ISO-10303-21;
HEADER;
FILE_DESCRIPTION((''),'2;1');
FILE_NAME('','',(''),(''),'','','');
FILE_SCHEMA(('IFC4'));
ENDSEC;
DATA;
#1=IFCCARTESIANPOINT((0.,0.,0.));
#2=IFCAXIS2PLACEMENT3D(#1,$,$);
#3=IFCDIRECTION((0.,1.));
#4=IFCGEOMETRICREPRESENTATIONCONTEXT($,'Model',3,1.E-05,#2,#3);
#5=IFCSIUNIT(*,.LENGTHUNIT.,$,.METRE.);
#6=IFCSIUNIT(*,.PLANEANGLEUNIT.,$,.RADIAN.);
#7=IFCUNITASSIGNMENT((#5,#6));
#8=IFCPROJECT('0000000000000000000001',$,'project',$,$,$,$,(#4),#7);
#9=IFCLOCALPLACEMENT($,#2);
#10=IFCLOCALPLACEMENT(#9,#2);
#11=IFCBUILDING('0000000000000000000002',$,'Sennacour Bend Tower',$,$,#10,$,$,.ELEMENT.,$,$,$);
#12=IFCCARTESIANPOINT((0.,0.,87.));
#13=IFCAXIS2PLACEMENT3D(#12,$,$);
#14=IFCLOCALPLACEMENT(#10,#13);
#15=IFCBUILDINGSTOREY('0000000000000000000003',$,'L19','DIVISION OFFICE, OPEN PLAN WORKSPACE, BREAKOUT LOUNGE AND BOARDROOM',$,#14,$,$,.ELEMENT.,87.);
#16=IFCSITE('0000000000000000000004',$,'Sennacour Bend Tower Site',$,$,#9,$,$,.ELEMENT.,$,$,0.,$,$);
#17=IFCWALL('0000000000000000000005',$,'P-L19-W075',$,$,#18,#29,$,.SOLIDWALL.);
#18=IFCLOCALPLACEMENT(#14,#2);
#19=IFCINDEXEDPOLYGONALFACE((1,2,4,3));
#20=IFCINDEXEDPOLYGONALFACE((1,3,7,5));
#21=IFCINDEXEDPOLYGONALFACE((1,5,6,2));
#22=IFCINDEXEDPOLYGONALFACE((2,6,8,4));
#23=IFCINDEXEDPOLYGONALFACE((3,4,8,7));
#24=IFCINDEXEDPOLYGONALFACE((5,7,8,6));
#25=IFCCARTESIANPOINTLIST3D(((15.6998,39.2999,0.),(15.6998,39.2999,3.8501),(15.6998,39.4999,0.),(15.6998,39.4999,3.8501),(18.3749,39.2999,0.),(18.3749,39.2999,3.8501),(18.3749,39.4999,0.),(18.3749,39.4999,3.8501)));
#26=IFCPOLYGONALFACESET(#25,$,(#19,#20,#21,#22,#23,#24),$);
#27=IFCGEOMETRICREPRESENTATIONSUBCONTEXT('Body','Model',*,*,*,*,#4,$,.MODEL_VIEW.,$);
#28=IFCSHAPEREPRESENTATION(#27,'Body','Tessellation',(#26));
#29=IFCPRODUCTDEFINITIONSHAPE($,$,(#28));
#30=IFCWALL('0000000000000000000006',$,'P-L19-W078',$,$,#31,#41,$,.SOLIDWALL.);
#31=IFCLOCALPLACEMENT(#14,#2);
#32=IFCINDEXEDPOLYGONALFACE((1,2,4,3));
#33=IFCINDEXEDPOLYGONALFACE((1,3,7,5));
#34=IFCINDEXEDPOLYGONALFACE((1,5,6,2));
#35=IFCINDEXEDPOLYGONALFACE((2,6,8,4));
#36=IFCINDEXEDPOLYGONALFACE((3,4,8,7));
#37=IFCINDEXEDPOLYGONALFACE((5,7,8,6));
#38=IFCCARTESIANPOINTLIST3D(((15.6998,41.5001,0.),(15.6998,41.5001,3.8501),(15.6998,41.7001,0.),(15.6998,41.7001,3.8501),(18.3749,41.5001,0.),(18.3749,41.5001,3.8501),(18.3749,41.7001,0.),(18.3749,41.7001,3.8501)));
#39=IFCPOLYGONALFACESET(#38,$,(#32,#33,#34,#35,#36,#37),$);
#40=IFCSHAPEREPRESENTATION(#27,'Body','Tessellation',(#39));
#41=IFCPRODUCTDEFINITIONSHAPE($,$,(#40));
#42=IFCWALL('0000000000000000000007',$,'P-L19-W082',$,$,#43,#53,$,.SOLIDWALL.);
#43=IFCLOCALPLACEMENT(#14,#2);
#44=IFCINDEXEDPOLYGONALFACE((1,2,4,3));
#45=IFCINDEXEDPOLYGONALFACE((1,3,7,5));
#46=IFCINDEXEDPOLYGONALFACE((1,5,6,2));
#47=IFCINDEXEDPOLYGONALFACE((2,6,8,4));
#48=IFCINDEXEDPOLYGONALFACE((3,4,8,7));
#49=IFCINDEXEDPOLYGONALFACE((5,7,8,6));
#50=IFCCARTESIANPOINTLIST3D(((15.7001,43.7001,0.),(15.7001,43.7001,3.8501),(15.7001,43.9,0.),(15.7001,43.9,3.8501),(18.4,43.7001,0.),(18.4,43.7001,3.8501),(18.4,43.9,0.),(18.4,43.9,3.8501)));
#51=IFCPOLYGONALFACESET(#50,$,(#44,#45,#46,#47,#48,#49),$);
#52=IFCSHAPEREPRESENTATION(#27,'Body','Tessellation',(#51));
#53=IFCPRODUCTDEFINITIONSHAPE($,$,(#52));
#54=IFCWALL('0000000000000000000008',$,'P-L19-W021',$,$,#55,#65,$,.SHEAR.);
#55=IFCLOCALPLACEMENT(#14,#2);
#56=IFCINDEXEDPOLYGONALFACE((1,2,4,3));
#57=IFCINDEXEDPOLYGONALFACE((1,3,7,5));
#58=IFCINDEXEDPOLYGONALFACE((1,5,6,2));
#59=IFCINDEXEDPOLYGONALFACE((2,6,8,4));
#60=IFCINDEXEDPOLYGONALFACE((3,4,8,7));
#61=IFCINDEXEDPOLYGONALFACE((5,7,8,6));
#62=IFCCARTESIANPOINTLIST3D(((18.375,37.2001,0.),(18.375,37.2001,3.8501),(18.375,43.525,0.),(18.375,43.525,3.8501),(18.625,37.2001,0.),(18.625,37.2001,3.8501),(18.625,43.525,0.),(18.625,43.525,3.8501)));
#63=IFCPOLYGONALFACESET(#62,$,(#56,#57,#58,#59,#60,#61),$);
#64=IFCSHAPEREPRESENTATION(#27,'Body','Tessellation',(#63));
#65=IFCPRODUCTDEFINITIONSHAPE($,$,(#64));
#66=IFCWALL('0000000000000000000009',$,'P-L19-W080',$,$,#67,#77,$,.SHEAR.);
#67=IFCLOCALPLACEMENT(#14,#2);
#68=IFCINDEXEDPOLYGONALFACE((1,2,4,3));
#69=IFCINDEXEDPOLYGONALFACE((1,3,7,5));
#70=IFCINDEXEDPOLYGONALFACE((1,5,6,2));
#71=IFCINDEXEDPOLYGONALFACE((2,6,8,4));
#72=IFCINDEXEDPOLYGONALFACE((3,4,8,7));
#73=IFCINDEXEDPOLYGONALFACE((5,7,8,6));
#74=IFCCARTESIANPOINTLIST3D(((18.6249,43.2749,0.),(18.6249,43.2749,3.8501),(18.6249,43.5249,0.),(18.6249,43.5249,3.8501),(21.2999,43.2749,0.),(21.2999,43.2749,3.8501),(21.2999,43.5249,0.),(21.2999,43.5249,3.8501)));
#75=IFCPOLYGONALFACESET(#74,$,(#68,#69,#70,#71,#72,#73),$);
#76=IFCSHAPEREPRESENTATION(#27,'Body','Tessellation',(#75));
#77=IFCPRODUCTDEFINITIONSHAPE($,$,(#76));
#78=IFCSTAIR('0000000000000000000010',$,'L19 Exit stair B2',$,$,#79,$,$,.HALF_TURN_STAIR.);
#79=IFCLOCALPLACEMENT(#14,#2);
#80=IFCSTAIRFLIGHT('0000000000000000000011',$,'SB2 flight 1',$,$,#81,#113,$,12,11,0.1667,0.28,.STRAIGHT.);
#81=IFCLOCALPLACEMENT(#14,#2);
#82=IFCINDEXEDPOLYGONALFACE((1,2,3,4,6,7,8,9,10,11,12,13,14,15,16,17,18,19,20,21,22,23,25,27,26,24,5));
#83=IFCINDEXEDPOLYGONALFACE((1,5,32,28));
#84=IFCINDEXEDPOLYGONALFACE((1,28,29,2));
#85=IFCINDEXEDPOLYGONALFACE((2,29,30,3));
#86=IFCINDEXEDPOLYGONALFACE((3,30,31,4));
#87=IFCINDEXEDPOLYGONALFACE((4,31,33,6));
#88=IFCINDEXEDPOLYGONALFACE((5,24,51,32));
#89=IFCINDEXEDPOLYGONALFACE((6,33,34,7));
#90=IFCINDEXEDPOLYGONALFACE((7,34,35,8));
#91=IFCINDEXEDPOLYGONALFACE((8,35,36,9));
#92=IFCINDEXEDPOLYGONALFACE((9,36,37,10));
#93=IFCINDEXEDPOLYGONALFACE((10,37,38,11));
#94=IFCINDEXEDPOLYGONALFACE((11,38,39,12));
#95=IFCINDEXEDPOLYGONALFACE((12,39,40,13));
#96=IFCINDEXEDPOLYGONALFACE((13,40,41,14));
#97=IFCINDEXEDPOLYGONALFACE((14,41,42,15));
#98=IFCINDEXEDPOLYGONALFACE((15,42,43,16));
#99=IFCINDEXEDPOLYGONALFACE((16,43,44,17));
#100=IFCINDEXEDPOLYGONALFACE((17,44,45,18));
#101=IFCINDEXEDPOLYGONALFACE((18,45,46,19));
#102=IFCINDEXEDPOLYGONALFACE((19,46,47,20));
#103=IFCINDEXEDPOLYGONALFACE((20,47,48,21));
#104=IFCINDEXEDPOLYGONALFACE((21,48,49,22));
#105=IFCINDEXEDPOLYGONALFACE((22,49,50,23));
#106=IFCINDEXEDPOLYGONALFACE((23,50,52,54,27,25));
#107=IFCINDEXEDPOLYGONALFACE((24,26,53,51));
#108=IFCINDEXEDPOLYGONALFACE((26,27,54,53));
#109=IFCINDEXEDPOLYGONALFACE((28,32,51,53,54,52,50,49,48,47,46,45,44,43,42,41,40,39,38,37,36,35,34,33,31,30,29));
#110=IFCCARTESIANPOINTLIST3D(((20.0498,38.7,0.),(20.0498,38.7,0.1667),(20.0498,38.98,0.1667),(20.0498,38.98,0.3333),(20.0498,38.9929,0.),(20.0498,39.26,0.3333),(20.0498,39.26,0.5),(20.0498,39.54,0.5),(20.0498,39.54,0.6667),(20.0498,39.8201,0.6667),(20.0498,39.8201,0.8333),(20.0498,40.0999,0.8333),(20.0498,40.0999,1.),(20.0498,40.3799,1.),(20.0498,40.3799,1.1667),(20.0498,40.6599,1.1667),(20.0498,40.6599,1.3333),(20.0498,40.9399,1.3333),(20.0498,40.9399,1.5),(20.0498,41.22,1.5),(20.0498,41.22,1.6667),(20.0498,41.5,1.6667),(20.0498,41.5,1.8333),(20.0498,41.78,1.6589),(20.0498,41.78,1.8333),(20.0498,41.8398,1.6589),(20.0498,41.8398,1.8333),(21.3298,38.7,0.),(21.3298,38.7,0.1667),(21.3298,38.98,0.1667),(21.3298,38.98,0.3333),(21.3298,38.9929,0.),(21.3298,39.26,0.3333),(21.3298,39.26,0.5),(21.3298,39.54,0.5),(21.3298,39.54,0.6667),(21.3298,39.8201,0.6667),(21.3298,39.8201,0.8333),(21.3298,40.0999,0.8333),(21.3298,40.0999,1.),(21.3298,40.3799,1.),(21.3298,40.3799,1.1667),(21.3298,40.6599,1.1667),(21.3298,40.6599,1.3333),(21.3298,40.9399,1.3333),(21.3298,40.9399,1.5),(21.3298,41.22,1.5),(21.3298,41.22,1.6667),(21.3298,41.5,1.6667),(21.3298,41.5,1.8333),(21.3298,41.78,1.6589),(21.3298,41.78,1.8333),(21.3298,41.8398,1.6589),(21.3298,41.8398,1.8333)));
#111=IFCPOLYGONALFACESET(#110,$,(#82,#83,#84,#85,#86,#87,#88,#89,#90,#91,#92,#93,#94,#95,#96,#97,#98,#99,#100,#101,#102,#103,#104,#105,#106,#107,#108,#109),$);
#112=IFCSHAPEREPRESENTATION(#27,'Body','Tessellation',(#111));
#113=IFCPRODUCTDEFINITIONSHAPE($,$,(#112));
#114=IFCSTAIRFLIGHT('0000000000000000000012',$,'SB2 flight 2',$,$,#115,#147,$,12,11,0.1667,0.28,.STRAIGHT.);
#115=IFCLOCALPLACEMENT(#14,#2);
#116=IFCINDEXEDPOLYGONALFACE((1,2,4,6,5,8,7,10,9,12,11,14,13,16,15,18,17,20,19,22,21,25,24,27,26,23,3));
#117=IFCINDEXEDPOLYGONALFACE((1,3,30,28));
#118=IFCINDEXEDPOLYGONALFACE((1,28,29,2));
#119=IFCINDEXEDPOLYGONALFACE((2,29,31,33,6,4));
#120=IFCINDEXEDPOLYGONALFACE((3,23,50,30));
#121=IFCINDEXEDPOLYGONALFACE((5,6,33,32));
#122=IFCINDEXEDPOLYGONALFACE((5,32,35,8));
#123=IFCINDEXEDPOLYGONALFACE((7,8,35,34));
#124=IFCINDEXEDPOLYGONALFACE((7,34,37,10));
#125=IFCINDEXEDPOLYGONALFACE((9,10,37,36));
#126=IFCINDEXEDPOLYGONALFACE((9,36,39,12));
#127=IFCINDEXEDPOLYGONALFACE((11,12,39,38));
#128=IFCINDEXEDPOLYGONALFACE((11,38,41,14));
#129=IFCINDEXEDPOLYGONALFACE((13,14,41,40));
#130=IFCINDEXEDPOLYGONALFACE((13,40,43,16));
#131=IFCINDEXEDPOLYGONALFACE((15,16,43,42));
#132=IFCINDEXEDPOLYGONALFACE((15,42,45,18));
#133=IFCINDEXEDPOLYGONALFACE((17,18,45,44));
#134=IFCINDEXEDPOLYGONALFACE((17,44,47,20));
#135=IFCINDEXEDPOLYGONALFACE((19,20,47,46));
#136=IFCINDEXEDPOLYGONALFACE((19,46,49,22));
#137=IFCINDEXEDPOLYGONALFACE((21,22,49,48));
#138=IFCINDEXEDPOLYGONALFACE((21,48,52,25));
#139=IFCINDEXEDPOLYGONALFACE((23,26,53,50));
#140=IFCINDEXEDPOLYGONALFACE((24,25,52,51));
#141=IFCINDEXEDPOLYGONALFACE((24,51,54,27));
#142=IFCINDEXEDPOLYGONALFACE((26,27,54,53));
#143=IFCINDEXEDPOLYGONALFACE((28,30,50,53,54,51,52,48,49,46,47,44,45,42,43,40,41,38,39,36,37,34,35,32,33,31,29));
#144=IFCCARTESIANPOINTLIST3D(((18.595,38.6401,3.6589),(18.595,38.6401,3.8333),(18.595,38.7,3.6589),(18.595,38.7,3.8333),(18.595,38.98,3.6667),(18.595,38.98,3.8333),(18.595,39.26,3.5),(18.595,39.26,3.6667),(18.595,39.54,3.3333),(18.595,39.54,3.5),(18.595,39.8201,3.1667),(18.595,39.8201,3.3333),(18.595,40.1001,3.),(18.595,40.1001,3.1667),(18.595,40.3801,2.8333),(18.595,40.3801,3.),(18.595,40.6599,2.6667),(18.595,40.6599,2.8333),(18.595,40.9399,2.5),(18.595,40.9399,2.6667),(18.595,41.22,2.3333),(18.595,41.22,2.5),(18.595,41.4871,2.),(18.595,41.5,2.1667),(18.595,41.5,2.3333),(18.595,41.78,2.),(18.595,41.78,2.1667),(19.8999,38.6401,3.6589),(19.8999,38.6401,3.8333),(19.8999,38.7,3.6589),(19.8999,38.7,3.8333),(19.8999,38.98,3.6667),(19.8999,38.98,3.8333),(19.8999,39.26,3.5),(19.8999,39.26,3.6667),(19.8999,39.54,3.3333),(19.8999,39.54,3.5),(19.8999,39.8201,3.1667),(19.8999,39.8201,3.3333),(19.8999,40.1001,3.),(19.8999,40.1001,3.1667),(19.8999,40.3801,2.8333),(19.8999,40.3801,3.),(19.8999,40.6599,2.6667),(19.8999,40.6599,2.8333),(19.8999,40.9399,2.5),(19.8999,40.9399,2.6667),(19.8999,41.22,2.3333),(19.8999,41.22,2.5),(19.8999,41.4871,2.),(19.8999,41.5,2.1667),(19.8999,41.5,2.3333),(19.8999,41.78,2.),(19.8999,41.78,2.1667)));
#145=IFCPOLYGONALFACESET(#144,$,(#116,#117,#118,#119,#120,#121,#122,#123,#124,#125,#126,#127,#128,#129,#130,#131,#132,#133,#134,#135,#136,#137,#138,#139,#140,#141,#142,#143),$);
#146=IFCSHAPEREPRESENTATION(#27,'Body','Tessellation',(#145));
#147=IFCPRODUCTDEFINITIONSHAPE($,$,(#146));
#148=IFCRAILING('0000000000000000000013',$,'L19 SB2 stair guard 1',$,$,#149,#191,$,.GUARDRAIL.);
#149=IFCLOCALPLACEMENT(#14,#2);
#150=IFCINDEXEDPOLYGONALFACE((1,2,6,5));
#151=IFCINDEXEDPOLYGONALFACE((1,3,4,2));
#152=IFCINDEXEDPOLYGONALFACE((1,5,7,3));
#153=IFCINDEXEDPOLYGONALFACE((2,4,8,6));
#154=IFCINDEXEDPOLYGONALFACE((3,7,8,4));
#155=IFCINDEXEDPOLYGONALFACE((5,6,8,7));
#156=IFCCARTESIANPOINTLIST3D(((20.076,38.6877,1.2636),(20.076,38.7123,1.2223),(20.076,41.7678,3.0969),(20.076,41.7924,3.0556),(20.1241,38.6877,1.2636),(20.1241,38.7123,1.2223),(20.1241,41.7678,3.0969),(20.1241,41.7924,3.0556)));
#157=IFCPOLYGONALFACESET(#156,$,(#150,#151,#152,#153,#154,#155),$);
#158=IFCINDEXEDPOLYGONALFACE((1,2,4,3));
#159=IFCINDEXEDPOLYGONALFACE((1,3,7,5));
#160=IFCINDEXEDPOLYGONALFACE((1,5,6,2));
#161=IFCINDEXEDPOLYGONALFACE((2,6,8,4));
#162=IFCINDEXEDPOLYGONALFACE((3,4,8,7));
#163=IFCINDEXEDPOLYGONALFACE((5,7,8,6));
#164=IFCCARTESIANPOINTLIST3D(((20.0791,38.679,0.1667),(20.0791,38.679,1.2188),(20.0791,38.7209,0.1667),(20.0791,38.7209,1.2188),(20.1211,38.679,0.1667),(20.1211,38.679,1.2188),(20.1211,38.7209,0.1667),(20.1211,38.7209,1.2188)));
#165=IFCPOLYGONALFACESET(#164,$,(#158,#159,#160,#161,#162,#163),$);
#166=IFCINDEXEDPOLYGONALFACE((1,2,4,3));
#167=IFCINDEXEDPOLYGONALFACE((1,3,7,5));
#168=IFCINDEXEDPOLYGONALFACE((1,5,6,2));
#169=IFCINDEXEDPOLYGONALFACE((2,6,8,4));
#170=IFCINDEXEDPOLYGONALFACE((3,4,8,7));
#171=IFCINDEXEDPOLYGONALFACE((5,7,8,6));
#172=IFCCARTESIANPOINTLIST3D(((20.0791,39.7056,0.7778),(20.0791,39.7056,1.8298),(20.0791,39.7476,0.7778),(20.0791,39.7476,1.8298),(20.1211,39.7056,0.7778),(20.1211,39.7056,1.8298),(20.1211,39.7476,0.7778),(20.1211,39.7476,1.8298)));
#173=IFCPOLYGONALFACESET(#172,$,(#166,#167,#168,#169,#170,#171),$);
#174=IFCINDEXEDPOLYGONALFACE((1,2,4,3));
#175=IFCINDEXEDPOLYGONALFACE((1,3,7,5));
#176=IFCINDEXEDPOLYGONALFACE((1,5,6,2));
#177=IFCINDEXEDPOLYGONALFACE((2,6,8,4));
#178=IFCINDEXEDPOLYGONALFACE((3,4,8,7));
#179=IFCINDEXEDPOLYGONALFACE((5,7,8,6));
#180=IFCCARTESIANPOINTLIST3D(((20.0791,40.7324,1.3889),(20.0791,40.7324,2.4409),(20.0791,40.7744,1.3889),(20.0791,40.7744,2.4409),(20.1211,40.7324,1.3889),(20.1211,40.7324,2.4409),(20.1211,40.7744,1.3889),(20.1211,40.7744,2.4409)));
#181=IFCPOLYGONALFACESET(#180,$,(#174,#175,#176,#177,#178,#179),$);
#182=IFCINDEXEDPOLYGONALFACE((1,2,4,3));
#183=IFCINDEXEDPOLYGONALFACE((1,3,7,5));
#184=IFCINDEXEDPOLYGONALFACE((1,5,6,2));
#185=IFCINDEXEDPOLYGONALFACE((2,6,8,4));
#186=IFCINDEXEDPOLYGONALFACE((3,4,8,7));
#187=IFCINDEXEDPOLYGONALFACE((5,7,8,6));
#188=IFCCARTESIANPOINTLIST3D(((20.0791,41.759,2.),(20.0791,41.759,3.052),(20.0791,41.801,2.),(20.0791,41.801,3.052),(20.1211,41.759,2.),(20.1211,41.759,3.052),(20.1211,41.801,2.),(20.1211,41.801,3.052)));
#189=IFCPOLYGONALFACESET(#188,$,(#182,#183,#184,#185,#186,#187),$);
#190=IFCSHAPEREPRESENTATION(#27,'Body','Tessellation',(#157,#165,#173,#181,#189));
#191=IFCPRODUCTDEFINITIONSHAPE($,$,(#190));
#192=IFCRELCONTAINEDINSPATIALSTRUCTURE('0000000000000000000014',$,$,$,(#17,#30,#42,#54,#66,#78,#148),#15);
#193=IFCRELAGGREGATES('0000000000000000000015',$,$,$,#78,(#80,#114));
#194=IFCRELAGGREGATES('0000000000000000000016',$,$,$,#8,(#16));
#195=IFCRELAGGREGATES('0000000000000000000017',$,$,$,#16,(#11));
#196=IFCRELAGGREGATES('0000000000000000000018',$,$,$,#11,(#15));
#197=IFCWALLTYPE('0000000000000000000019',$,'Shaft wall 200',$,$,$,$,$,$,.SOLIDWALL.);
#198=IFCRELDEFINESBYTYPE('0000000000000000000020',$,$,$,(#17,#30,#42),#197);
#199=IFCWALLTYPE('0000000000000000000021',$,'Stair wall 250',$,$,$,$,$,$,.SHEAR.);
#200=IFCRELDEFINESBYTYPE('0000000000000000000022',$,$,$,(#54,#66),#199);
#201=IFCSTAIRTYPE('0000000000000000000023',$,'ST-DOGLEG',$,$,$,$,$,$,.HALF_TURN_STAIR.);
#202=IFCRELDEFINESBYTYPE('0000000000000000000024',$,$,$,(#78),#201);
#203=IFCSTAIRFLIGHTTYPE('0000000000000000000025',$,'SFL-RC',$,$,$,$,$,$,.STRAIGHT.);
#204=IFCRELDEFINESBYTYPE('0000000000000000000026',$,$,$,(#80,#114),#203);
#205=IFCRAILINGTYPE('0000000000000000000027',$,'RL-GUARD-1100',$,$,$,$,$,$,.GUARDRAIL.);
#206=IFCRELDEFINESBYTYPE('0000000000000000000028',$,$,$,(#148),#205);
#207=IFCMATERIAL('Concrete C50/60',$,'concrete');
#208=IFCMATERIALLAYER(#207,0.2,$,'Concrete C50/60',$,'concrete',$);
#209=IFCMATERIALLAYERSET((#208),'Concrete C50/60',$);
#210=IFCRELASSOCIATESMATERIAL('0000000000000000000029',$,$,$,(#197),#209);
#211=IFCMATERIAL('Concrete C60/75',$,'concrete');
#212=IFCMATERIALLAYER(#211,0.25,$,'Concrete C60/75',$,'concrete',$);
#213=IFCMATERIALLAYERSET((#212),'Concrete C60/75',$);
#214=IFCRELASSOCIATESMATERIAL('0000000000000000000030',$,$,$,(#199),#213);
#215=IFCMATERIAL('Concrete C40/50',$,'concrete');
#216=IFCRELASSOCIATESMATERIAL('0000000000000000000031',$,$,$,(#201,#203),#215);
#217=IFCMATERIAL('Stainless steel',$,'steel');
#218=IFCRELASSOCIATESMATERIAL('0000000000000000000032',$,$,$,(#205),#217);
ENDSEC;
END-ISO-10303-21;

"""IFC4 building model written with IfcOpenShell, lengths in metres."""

from ifc_helpers import new_model, si_unit, direction, frame, frame_2d, origin, origin_2d, place, context, subcontext, project, spatial, polyline, rectangle, outline, extrude, material, layer, layer_set, type_object, element, aggregate, save


model = new_model("IFC4")

# Units and contexts
model_context = context("Model", 3, precision=1e-05, world=origin(), true_north=direction((0.0, 1.0)))
body_context = subcontext(model_context, "Body", "Model", "MODEL_VIEW")
ifc_project = project(units=[si_unit("LENGTHUNIT", "METRE"), si_unit("PLANEANGLEUNIT", "RADIAN")], contexts=[model_context])

# Site, building, storey
site_placement = place(None, origin())
site = spatial("IfcSite", under=ifc_project, at=site_placement, Name="Sennacour Bend Tower Site", CompositionType="ELEMENT", RefElevation=0.0)
building_placement = place(site_placement, origin())
building = spatial("IfcBuilding", under=site, at=building_placement, Name="Sennacour Bend Tower", CompositionType="ELEMENT")
storey_placement = place(building_placement, frame((0.0, 0.0, 87.0)))
storey = spatial("IfcBuildingStorey", under=building, at=storey_placement, Name="L19", Description="DIVISION OFFICE, OPEN PLAN WORKSPACE, BREAKOUT LOUNGE AND BOARDROOM", CompositionType="ELEMENT", Elevation=87.0)

# Shared definitions
ifc_material_1 = material(Name="Concrete C50/60", Category="concrete")
ifc_layer_1 = layer(ifc_material_1, 0.2, Name="Concrete C50/60", Category="concrete")
ifc_layer_set_1 = layer_set([ifc_layer_1], Name="Concrete C50/60")
wall_type_1 = type_object("IfcWallType", Name="Shaft wall 200", PredefinedType="SOLIDWALL", material=ifc_layer_set_1)
ifc_material_2 = material(Name="Stainless steel", Category="steel")

# Walls
for number, where, z_axis, x_axis, name in (
    (1, (15.7, 39.3999, 0.0), (0.0, 0.0, 1.0), (1.0, 0.0, 0.0), "P-L19-W075"),
    (2, (15.7, 41.6001, 0.0), (0.0, 0.0, 1.0), (1.0, 0.0, 0.0), "P-L19-W078"),
):
    element("IfcWall", number, at=place(storey_placement, frame(where, z_axis=z_axis, x_axis=x_axis)), inside=storey, type_object=wall_type_1, Name=name, PredefinedType="SOLIDWALL", context=body_context, shape_type="SweptSolid", body=[
        extrude(rectangle(XDim=2.675, YDim=0.2, at=frame_2d((1.3374, 0.0))), origin(), (0.0, 0.0, 1.0), 3.8501),
    ])
wall_1_placement = place(storey_placement, frame((15.7, 43.8, 0.0), z_axis=(0.0, 0.0, 1.0), x_axis=(1.0, 0.0, 0.0)))
element("IfcWall", 3, at=wall_1_placement, inside=storey, type_object=wall_type_1, Name="P-L19-W082", PredefinedType="SOLIDWALL", context=body_context, shape_type="SweptSolid", body=[
    extrude(rectangle(XDim=2.7, YDim=0.2, at=frame_2d((1.3501, 0.0))), origin(), (0.0, 0.0, 1.0), 3.8501),
])
ifc_material_3 = material(Name="Concrete C60/75", Category="concrete")
ifc_layer_2 = layer(ifc_material_3, 0.25, Name="Concrete C60/75", Category="concrete")
ifc_layer_set_2 = layer_set([ifc_layer_2], Name="Concrete C60/75")
wall_type_2 = type_object("IfcWallType", Name="Stair wall 250", PredefinedType="SHEAR", material=ifc_layer_set_2)
wall_2_placement = place(storey_placement, frame((18.5, 37.2, 0.0), z_axis=(0.0, 0.0, 1.0), x_axis=(0.0, 1.0, 0.0)))
element("IfcWall", 4, at=wall_2_placement, inside=storey, type_object=wall_type_2, Name="P-L19-W021", PredefinedType="SHEAR", context=body_context, shape_type="SweptSolid", body=[
    extrude(rectangle(XDim=6.325, YDim=0.25, at=frame_2d((3.1626, 0.0))), origin(), (0.0, 0.0, 1.0), 3.8501),
])
wall_3_placement = place(storey_placement, frame((18.625, 43.3999, 0.0), z_axis=(0.0, 0.0, 1.0), x_axis=(1.0, 0.0, 0.0)))
element("IfcWall", 5, at=wall_3_placement, inside=storey, type_object=wall_type_2, Name="P-L19-W080", PredefinedType="SHEAR", context=body_context, shape_type="SweptSolid", body=[
    extrude(rectangle(XDim=2.675, YDim=0.25, at=frame_2d((1.3374, 0.0))), origin(), (0.0, 0.0, 1.0), 3.8501),
])

# Stair, stair flights
ifc_material_4 = material(Name="Concrete C40/50", Category="concrete")
stair_type = type_object("IfcStairType", Name="ST-DOGLEG", PredefinedType="HALF_TURN_STAIR", material=ifc_material_4)
stair_placement = place(storey_placement, origin())
stair = element("IfcStair", 6, at=stair_placement, inside=storey, type_object=stair_type, Name="L19 Exit stair B2", PredefinedType="HALF_TURN_STAIR")
stair_flight_type = type_object("IfcStairFlightType", Name="SFL-RC", PredefinedType="STRAIGHT", material=ifc_material_4)
stair_flight_1_placement = place(storey_placement, frame((20.6899, 38.7, 0.0), z_axis=(0.0, 0.0, 1.0), x_axis=(0.0, 1.0, 0.0)))
stair_flight_1 = element("IfcStairFlight", 7, at=stair_flight_1_placement, type_object=stair_flight_type, Name="SB2 flight 1", NumberOfRisers=12, NumberOfTreads=11, PredefinedType="STRAIGHT", RiserHeight=0.1667, TreadLength=0.28, context=body_context, shape_type="SweptSolid", body=[
    extrude(outline(polyline([(0.0, 0.0), (0.0, 0.1667), (0.28, 0.1667), (0.28, 0.3333), (0.5601, 0.3333), (0.5601, 0.5), (0.8401, 0.5), (0.8401, 0.6667), (1.1201, 0.6667), (1.1201, 0.8333), (1.3999, 0.8333), (1.3999, 1.0), (1.6799, 1.0), (1.6799, 1.1667), (1.96, 1.1667), (1.96, 1.3333), (2.24, 1.3333), (2.24, 1.5), (2.52, 1.5), (2.52, 1.6667), (2.8, 1.6667), (2.8, 1.8333), (3.0801, 1.8333), (3.1399, 1.8333), (3.1399, 1.6589), (3.0801, 1.6589), (0.293, 0.0), (0.0, 0.0)])), frame((0.0, 0.6401, 0.0), z_axis=(0.0, -1.0, 0.0), x_axis=(1.0, 0.0, 0.0)), (0.0, 0.0, 1.0), 1.28),
])
stair_flight_2_placement = place(storey_placement, frame((19.2476, 41.78, 2.0), z_axis=(0.0, 0.0, 1.0), x_axis=(0.0, -1.0, 0.0)))
stair_flight_2 = element("IfcStairFlight", 8, at=stair_flight_2_placement, type_object=stair_flight_type, Name="SB2 flight 2", NumberOfRisers=12, NumberOfTreads=11, PredefinedType="STRAIGHT", RiserHeight=0.1667, TreadLength=0.28, context=body_context, shape_type="SweptSolid", body=[
    extrude(outline(polyline([(0.0, 0.0), (0.0, 0.1667), (0.28, 0.1667), (0.28, 0.3333), (0.5601, 0.3333), (0.5601, 0.5), (0.8401, 0.5), (0.8401, 0.6667), (1.1201, 0.6667), (1.1201, 0.8333), (1.3999, 0.8333), (1.3999, 1.0), (1.6799, 1.0), (1.6799, 1.1667), (1.96, 1.1667), (1.96, 1.3333), (2.24, 1.3333), (2.24, 1.5), (2.52, 1.5), (2.52, 1.6667), (2.8, 1.6667), (2.8, 1.8333), (3.0801, 1.8333), (3.1399, 1.8333), (3.1399, 1.6589), (3.0801, 1.6589), (0.293, 0.0), (0.0, 0.0)])), frame((0.0, 0.6523, 0.0), z_axis=(0.0, -1.0, 0.0), x_axis=(1.0, 0.0, 0.0)), (0.0, 0.0, 1.0), 1.3049),
])
aggregate(stair, [stair_flight_1, stair_flight_2])

# Railing
railing_type_1 = type_object("IfcRailingType", Name="RL-GUARD-1100", PredefinedType="GUARDRAIL", material=ifc_material_2)
railing_1_placement = place(storey_placement, frame((20.1001, 38.7, 0.1667)))
element("IfcRailing", 9, at=railing_1_placement, inside=storey, type_object=railing_type_1, Name="L19 SB2 stair guard 1", PredefinedType="GUARDRAIL", context=body_context, shape_type="SweptSolid", body=[
    extrude(rectangle(XDim=0.0481, YDim=0.0481, at=origin_2d()), frame((0.0, 0.0, 1.0762), z_axis=(0.0, 0.859309, 0.511458), x_axis=(-1.0, 0.0, 0.0)), (0.0, 0.0, 1.0), 3.5845),
    extrude(rectangle(XDim=0.042, YDim=0.042, at=origin_2d()), origin(), (0.0, 0.0, 1.0), 1.052),
    extrude(rectangle(XDim=0.042, YDim=0.042, at=origin_2d()), frame((0.0, 1.0266, 0.6111)), (0.0, 0.0, 1.0), 1.052),
    extrude(rectangle(XDim=0.042, YDim=0.042, at=origin_2d()), frame((0.0, 2.0535, 1.2222)), (0.0, 0.0, 1.0), 1.052),
    extrude(rectangle(XDim=0.042, YDim=0.042, at=origin_2d()), frame((0.0, 3.0801, 1.8333)), (0.0, 0.0, 1.0), 1.052),
])

save(model, "model.ifc")
